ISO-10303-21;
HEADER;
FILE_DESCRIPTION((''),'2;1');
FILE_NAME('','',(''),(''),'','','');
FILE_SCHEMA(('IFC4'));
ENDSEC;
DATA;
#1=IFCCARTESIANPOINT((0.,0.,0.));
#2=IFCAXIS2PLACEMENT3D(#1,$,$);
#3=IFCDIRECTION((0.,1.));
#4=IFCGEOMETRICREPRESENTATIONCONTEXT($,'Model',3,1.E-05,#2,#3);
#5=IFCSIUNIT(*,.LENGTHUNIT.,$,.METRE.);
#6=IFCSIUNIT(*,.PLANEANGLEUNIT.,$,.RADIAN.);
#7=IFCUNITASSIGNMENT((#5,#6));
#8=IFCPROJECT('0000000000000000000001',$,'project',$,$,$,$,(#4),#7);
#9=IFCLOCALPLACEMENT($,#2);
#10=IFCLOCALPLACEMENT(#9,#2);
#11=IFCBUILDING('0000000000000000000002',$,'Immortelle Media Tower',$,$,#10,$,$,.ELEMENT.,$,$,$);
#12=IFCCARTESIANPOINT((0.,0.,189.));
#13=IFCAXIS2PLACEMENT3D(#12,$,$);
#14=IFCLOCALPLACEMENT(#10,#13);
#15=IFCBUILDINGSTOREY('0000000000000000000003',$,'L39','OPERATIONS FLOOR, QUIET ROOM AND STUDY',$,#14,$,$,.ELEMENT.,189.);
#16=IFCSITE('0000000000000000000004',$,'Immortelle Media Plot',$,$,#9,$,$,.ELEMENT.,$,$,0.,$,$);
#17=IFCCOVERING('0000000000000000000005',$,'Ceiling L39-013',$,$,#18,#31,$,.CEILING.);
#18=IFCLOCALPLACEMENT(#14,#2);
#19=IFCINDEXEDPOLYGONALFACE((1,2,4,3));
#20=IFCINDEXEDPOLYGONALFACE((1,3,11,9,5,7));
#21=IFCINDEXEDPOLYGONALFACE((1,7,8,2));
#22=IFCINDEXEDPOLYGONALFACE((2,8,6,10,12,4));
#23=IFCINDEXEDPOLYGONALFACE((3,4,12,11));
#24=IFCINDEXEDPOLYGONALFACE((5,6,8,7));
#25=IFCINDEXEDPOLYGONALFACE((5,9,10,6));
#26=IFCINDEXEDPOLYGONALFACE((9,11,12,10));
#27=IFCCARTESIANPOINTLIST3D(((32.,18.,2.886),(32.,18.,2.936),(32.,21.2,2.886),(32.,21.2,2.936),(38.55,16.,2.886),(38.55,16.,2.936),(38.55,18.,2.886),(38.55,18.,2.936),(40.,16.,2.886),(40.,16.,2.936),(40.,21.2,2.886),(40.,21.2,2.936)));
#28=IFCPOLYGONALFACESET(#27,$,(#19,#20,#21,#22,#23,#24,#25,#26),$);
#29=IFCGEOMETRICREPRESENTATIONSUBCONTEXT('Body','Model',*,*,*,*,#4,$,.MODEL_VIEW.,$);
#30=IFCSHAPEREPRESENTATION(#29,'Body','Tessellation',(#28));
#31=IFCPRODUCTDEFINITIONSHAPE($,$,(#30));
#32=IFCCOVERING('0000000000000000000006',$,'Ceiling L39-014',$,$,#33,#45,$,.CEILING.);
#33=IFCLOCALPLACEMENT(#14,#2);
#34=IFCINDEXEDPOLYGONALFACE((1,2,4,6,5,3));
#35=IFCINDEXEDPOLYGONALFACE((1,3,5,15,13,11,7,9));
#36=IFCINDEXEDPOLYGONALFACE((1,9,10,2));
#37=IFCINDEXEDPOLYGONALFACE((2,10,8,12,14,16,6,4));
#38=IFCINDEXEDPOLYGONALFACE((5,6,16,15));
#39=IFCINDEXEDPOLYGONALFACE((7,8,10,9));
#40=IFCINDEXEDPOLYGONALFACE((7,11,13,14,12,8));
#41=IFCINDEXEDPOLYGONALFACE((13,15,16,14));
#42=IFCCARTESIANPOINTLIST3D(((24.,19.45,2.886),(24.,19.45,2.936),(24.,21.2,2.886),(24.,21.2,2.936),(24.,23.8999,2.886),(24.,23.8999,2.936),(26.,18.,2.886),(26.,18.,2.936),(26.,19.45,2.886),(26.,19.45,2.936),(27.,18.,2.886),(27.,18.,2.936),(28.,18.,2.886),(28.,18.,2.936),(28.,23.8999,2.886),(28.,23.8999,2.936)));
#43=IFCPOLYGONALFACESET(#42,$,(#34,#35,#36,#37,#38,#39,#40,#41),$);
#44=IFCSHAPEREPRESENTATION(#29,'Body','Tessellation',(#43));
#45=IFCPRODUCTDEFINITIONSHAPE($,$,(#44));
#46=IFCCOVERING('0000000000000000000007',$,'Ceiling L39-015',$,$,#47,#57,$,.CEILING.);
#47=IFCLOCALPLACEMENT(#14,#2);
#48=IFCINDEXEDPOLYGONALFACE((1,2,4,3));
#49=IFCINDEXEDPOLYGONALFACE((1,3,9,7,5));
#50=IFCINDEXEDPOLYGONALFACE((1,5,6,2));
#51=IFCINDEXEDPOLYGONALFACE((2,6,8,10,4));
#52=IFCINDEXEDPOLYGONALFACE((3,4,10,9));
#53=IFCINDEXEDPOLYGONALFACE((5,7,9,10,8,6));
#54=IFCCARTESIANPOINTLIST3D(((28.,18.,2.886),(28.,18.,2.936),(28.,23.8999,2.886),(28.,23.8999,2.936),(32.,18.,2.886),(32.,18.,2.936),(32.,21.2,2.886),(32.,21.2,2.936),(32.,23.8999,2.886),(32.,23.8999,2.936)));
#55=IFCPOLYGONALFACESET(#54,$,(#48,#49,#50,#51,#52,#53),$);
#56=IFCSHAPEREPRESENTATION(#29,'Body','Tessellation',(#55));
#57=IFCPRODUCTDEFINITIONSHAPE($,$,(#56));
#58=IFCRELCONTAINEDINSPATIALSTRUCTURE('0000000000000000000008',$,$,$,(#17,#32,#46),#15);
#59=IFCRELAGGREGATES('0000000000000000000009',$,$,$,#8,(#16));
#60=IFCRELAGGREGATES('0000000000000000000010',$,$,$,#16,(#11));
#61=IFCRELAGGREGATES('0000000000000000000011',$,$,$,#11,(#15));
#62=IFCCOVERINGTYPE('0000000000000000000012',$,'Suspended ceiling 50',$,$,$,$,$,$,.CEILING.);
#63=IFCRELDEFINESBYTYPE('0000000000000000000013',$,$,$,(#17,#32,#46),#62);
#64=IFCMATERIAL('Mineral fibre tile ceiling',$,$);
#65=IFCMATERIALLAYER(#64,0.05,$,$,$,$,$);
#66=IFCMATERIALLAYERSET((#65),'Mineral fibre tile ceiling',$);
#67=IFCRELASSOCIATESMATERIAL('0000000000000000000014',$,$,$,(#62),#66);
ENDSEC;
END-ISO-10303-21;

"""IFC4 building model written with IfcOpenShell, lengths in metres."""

from ifc_helpers import new_model, si_unit, direction, frame, origin, place, context, subcontext, project, spatial, polyline, outline, extrude, material, layer, layer_set, type_object, element, save


model = new_model("IFC4")

# Units and contexts
model_context = context("Model", 3, precision=1e-05, world=origin(), true_north=direction((0.0, 1.0)))
body_context = subcontext(model_context, "Body", "Model", "MODEL_VIEW")
ifc_project = project(units=[si_unit("LENGTHUNIT", "METRE"), si_unit("PLANEANGLEUNIT", "RADIAN")], contexts=[model_context])

# Site, building, storey
site_placement = place(None, origin())
site = spatial("IfcSite", under=ifc_project, at=site_placement, Name="Immortelle Media Plot", CompositionType="ELEMENT", RefElevation=0.0)
building_placement = place(site_placement, origin())
building = spatial("IfcBuilding", under=site, at=building_placement, Name="Immortelle Media Tower", CompositionType="ELEMENT")
storey_placement = place(building_placement, frame((0.0, 0.0, 189.0)))
storey = spatial("IfcBuildingStorey", under=building, at=storey_placement, Name="L39", Description="OPERATIONS FLOOR, QUIET ROOM AND STUDY", CompositionType="ELEMENT", Elevation=189.0)

# Coverings
ifc_material_1 = material(Name="Mineral fibre tile ceiling")
ifc_layer_1 = layer(ifc_material_1, 0.05)
ifc_layer_set_1 = layer_set([ifc_layer_1], Name="Mineral fibre tile ceiling")
covering_type = type_object("IfcCoveringType", Name="Suspended ceiling 50", PredefinedType="CEILING", material=ifc_layer_set_1)
covering_1_placement = place(storey_placement, frame((0.0, 0.0, 2.886)))
element("IfcCovering", 1, at=covering_1_placement, inside=storey, type_object=covering_type, Name="Ceiling L39-013", PredefinedType="CEILING", context=body_context, shape_type="SweptSolid", body=[
    extrude(outline(polyline([(38.55, 16.0), (38.55, 18.0), (32.0, 18.0), (32.0, 21.2), (40.0, 21.2), (40.0, 16.0), (38.55, 16.0)])), origin(), (0.0, 0.0, 1.0), 0.05),
])
covering_2_placement = place(storey_placement, frame((0.0, 0.0, 2.886)))
element("IfcCovering", 2, at=covering_2_placement, inside=storey, type_object=covering_type, Name="Ceiling L39-014", PredefinedType="CEILING", context=body_context, shape_type="SweptSolid", body=[
    extrude(outline(polyline([(26.0, 18.0), (26.0, 19.45), (24.0, 19.45), (24.0, 21.2), (24.0, 23.8999), (28.0, 23.8999), (28.0, 18.0), (27.0, 18.0), (26.0, 18.0)])), origin(), (0.0, 0.0, 1.0), 0.05),
])
covering_3_placement = place(storey_placement, frame((0.0, 0.0, 2.886)))
element("IfcCovering", 3, at=covering_3_placement, inside=storey, type_object=covering_type, Name="Ceiling L39-015", PredefinedType="CEILING", context=body_context, shape_type="SweptSolid", body=[
    extrude(outline(polyline([(32.0, 23.8999), (32.0, 21.2), (32.0, 18.0), (28.0, 18.0), (28.0, 23.8999), (32.0, 23.8999)])), origin(), (0.0, 0.0, 1.0), 0.05),
])

save(model, "model.ifc")
